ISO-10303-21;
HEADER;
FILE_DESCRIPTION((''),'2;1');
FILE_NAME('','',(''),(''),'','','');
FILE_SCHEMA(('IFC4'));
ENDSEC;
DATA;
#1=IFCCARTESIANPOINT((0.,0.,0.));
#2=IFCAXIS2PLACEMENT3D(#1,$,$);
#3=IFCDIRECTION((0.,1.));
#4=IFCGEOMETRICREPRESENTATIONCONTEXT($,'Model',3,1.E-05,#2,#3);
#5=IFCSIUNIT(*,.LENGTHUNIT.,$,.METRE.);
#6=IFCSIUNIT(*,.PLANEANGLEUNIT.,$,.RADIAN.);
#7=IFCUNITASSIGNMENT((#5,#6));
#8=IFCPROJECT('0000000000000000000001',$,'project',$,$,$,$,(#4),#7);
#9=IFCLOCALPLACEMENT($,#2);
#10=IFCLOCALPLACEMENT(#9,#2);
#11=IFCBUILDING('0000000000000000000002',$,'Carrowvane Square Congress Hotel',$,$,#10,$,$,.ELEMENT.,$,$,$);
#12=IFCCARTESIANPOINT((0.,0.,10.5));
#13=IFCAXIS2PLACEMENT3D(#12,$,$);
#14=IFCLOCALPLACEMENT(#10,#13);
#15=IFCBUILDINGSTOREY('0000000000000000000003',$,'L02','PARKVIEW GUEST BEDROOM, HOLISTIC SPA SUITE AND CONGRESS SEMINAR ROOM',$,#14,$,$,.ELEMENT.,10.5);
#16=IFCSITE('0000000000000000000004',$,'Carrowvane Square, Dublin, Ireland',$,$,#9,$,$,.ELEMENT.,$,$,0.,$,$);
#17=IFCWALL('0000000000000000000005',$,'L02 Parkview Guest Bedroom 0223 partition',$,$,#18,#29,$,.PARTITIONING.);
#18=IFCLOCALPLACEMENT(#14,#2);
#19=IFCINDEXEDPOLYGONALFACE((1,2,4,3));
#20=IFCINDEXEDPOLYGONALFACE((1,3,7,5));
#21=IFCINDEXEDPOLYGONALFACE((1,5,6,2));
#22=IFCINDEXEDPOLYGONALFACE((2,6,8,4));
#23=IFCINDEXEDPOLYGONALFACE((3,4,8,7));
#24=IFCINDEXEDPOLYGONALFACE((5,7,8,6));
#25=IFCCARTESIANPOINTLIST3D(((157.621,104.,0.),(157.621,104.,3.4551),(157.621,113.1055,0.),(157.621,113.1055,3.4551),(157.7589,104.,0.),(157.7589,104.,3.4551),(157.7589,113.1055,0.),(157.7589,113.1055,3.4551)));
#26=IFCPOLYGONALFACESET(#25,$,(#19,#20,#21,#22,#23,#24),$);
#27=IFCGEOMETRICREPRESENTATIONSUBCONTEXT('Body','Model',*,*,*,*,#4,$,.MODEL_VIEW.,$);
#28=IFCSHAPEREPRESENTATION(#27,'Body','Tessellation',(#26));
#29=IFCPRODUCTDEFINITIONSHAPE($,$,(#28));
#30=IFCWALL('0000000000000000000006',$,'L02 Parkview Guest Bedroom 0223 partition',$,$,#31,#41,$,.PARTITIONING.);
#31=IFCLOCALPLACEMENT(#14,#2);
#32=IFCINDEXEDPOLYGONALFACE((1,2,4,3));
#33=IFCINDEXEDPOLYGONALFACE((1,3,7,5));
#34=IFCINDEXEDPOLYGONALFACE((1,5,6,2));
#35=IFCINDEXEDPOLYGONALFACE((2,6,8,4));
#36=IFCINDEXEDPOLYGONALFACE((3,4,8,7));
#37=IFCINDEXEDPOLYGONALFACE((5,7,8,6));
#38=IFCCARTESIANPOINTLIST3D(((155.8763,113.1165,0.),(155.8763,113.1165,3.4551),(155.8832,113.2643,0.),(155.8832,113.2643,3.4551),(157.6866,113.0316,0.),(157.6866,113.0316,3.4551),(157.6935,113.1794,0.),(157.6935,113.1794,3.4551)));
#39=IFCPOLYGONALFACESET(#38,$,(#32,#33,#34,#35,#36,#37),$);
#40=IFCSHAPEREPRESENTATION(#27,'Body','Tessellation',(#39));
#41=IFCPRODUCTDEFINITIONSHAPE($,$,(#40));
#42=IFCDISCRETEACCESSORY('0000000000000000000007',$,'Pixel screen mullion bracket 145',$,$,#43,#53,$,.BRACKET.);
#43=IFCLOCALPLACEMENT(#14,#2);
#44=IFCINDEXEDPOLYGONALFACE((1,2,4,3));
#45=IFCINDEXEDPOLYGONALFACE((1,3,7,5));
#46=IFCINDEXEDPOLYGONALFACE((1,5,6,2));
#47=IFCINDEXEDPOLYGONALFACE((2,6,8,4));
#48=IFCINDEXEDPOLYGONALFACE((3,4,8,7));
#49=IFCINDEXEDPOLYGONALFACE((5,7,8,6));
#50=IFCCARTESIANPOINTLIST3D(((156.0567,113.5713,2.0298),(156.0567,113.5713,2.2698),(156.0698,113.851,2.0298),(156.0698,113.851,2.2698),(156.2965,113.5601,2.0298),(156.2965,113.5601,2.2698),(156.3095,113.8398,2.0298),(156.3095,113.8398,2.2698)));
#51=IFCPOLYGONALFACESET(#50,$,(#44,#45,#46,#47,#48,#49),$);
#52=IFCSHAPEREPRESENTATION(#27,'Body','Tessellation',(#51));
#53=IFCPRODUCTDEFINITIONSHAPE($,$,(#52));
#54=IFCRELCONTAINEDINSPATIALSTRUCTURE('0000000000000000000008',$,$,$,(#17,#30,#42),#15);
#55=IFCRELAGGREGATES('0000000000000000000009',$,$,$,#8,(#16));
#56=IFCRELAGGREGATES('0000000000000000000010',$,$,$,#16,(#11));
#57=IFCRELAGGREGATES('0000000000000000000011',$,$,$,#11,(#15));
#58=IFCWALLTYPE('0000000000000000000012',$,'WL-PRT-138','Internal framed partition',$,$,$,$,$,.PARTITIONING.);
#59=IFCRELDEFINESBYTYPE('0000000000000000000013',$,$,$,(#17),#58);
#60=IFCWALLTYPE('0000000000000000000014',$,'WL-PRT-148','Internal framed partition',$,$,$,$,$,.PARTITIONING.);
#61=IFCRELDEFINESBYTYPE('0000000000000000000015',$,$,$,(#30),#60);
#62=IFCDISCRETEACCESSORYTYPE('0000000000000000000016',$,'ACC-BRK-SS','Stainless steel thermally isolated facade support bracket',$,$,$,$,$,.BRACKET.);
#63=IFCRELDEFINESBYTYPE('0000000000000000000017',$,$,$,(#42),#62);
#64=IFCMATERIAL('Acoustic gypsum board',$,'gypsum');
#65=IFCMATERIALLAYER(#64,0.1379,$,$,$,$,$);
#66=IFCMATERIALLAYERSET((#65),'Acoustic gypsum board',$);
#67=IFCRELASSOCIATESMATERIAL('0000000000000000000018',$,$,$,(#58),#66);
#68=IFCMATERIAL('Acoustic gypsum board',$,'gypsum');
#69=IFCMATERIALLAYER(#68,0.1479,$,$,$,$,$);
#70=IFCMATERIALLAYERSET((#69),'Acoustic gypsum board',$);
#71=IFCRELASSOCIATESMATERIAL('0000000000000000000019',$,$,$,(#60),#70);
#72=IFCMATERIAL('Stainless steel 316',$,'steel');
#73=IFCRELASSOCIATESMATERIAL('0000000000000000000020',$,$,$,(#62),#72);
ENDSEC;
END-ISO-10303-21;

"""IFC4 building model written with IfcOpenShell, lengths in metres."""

from ifc_helpers import new_model, si_unit, direction, frame, frame_2d, origin, origin_2d, place, context, subcontext, project, spatial, rectangle, extrude, material, layer, layer_set, type_object, element, save


model = new_model("IFC4")

# Units and contexts
model_context = context("Model", 3, precision=1e-05, world=origin(), true_north=direction((0.0, 1.0)))
body_context = subcontext(model_context, "Body", "Model", "MODEL_VIEW")
ifc_project = project(units=[si_unit("LENGTHUNIT", "METRE"), si_unit("PLANEANGLEUNIT", "RADIAN")], contexts=[model_context])

# Site, building, storey
site_placement = place(None, origin())
site = spatial("IfcSite", under=ifc_project, at=site_placement, Name="Carrowvane Square, Dublin, Ireland", CompositionType="ELEMENT", RefElevation=0.0)
building_placement = place(site_placement, origin())
building = spatial("IfcBuilding", under=site, at=building_placement, Name="Carrowvane Square Congress Hotel", CompositionType="ELEMENT")
storey_placement = place(building_placement, frame((0.0, 0.0, 10.5)))
storey = spatial("IfcBuildingStorey", under=building, at=storey_placement, Name="L02", Description="PARKVIEW GUEST BEDROOM, HOLISTIC SPA SUITE AND CONGRESS SEMINAR ROOM", CompositionType="ELEMENT", Elevation=10.5)

# Walls
ifc_material_1 = material(Name="Acoustic gypsum board", Category="gypsum")
ifc_layer_1 = layer(ifc_material_1, 0.1379)
ifc_layer_set_1 = layer_set([ifc_layer_1], Name="Acoustic gypsum board")
wall_type_1 = type_object("IfcWallType", Name="WL-PRT-138", Description="Internal framed partition", PredefinedType="PARTITIONING", material=ifc_layer_set_1)
wall_1_placement = place(storey_placement, frame((157.6899, 113.1055, 0.0), z_axis=(0.0, 0.0, 1.0), x_axis=(0.0, -1.0, 0.0)))
element("IfcWall", 1, at=wall_1_placement, inside=storey, type_object=wall_type_1, Name="L02 Parkview Guest Bedroom 0223 partition", PredefinedType="PARTITIONING", context=body_context, shape_type="SweptSolid", body=[
    extrude(rectangle(XDim=9.1055, YDim=0.1379, at=frame_2d((4.5527, 0.0))), origin(), (0.0, 0.0, 1.0), 3.4551),
])
ifc_material_2 = material(Name="Acoustic gypsum board", Category="gypsum")
ifc_layer_2 = layer(ifc_material_2, 0.1479)
ifc_layer_set_2 = layer_set([ifc_layer_2], Name="Acoustic gypsum board")
wall_type_2 = type_object("IfcWallType", Name="WL-PRT-148", Description="Internal framed partition", PredefinedType="PARTITIONING", material=ifc_layer_set_2)
wall_2_placement = place(storey_placement, frame((155.8796, 113.1904, 0.0), z_axis=(0.0, 0.0, 1.0), x_axis=(0.998901, -0.04688, 0.0)))
element("IfcWall", 2, at=wall_2_placement, inside=storey, type_object=wall_type_2, Name="L02 Parkview Guest Bedroom 0223 partition", PredefinedType="PARTITIONING", context=body_context, shape_type="SweptSolid", body=[
    extrude(rectangle(XDim=1.8123, YDim=0.1479, at=frame_2d((0.9062, 0.0))), origin(), (0.0, 0.0, 1.0), 3.4551),
])

# Discrete accessory
ifc_material_3 = material(Name="Stainless steel 316", Category="steel")
discrete_accessory_type = type_object("IfcDiscreteAccessoryType", Name="ACC-BRK-SS", Description="Stainless steel thermally isolated facade support bracket", PredefinedType="BRACKET", material=ifc_material_3)
discrete_accessory_placement = place(storey_placement, frame((156.1831, 113.7056, 2.0298), z_axis=(0.0, 0.0, 1.0), x_axis=(0.998917, -0.046521, 0.0)))
element("IfcDiscreteAccessory", 3, at=discrete_accessory_placement, inside=storey, type_object=discrete_accessory_type, Name="Pixel screen mullion bracket 145", PredefinedType="BRACKET", context=body_context, shape_type="SweptSolid", body=[
    extrude(rectangle(XDim=0.24, YDim=0.28, at=origin_2d()), origin(), (0.0, 0.0, 1.0), 0.24),
])

save(model, "model.ifc")
